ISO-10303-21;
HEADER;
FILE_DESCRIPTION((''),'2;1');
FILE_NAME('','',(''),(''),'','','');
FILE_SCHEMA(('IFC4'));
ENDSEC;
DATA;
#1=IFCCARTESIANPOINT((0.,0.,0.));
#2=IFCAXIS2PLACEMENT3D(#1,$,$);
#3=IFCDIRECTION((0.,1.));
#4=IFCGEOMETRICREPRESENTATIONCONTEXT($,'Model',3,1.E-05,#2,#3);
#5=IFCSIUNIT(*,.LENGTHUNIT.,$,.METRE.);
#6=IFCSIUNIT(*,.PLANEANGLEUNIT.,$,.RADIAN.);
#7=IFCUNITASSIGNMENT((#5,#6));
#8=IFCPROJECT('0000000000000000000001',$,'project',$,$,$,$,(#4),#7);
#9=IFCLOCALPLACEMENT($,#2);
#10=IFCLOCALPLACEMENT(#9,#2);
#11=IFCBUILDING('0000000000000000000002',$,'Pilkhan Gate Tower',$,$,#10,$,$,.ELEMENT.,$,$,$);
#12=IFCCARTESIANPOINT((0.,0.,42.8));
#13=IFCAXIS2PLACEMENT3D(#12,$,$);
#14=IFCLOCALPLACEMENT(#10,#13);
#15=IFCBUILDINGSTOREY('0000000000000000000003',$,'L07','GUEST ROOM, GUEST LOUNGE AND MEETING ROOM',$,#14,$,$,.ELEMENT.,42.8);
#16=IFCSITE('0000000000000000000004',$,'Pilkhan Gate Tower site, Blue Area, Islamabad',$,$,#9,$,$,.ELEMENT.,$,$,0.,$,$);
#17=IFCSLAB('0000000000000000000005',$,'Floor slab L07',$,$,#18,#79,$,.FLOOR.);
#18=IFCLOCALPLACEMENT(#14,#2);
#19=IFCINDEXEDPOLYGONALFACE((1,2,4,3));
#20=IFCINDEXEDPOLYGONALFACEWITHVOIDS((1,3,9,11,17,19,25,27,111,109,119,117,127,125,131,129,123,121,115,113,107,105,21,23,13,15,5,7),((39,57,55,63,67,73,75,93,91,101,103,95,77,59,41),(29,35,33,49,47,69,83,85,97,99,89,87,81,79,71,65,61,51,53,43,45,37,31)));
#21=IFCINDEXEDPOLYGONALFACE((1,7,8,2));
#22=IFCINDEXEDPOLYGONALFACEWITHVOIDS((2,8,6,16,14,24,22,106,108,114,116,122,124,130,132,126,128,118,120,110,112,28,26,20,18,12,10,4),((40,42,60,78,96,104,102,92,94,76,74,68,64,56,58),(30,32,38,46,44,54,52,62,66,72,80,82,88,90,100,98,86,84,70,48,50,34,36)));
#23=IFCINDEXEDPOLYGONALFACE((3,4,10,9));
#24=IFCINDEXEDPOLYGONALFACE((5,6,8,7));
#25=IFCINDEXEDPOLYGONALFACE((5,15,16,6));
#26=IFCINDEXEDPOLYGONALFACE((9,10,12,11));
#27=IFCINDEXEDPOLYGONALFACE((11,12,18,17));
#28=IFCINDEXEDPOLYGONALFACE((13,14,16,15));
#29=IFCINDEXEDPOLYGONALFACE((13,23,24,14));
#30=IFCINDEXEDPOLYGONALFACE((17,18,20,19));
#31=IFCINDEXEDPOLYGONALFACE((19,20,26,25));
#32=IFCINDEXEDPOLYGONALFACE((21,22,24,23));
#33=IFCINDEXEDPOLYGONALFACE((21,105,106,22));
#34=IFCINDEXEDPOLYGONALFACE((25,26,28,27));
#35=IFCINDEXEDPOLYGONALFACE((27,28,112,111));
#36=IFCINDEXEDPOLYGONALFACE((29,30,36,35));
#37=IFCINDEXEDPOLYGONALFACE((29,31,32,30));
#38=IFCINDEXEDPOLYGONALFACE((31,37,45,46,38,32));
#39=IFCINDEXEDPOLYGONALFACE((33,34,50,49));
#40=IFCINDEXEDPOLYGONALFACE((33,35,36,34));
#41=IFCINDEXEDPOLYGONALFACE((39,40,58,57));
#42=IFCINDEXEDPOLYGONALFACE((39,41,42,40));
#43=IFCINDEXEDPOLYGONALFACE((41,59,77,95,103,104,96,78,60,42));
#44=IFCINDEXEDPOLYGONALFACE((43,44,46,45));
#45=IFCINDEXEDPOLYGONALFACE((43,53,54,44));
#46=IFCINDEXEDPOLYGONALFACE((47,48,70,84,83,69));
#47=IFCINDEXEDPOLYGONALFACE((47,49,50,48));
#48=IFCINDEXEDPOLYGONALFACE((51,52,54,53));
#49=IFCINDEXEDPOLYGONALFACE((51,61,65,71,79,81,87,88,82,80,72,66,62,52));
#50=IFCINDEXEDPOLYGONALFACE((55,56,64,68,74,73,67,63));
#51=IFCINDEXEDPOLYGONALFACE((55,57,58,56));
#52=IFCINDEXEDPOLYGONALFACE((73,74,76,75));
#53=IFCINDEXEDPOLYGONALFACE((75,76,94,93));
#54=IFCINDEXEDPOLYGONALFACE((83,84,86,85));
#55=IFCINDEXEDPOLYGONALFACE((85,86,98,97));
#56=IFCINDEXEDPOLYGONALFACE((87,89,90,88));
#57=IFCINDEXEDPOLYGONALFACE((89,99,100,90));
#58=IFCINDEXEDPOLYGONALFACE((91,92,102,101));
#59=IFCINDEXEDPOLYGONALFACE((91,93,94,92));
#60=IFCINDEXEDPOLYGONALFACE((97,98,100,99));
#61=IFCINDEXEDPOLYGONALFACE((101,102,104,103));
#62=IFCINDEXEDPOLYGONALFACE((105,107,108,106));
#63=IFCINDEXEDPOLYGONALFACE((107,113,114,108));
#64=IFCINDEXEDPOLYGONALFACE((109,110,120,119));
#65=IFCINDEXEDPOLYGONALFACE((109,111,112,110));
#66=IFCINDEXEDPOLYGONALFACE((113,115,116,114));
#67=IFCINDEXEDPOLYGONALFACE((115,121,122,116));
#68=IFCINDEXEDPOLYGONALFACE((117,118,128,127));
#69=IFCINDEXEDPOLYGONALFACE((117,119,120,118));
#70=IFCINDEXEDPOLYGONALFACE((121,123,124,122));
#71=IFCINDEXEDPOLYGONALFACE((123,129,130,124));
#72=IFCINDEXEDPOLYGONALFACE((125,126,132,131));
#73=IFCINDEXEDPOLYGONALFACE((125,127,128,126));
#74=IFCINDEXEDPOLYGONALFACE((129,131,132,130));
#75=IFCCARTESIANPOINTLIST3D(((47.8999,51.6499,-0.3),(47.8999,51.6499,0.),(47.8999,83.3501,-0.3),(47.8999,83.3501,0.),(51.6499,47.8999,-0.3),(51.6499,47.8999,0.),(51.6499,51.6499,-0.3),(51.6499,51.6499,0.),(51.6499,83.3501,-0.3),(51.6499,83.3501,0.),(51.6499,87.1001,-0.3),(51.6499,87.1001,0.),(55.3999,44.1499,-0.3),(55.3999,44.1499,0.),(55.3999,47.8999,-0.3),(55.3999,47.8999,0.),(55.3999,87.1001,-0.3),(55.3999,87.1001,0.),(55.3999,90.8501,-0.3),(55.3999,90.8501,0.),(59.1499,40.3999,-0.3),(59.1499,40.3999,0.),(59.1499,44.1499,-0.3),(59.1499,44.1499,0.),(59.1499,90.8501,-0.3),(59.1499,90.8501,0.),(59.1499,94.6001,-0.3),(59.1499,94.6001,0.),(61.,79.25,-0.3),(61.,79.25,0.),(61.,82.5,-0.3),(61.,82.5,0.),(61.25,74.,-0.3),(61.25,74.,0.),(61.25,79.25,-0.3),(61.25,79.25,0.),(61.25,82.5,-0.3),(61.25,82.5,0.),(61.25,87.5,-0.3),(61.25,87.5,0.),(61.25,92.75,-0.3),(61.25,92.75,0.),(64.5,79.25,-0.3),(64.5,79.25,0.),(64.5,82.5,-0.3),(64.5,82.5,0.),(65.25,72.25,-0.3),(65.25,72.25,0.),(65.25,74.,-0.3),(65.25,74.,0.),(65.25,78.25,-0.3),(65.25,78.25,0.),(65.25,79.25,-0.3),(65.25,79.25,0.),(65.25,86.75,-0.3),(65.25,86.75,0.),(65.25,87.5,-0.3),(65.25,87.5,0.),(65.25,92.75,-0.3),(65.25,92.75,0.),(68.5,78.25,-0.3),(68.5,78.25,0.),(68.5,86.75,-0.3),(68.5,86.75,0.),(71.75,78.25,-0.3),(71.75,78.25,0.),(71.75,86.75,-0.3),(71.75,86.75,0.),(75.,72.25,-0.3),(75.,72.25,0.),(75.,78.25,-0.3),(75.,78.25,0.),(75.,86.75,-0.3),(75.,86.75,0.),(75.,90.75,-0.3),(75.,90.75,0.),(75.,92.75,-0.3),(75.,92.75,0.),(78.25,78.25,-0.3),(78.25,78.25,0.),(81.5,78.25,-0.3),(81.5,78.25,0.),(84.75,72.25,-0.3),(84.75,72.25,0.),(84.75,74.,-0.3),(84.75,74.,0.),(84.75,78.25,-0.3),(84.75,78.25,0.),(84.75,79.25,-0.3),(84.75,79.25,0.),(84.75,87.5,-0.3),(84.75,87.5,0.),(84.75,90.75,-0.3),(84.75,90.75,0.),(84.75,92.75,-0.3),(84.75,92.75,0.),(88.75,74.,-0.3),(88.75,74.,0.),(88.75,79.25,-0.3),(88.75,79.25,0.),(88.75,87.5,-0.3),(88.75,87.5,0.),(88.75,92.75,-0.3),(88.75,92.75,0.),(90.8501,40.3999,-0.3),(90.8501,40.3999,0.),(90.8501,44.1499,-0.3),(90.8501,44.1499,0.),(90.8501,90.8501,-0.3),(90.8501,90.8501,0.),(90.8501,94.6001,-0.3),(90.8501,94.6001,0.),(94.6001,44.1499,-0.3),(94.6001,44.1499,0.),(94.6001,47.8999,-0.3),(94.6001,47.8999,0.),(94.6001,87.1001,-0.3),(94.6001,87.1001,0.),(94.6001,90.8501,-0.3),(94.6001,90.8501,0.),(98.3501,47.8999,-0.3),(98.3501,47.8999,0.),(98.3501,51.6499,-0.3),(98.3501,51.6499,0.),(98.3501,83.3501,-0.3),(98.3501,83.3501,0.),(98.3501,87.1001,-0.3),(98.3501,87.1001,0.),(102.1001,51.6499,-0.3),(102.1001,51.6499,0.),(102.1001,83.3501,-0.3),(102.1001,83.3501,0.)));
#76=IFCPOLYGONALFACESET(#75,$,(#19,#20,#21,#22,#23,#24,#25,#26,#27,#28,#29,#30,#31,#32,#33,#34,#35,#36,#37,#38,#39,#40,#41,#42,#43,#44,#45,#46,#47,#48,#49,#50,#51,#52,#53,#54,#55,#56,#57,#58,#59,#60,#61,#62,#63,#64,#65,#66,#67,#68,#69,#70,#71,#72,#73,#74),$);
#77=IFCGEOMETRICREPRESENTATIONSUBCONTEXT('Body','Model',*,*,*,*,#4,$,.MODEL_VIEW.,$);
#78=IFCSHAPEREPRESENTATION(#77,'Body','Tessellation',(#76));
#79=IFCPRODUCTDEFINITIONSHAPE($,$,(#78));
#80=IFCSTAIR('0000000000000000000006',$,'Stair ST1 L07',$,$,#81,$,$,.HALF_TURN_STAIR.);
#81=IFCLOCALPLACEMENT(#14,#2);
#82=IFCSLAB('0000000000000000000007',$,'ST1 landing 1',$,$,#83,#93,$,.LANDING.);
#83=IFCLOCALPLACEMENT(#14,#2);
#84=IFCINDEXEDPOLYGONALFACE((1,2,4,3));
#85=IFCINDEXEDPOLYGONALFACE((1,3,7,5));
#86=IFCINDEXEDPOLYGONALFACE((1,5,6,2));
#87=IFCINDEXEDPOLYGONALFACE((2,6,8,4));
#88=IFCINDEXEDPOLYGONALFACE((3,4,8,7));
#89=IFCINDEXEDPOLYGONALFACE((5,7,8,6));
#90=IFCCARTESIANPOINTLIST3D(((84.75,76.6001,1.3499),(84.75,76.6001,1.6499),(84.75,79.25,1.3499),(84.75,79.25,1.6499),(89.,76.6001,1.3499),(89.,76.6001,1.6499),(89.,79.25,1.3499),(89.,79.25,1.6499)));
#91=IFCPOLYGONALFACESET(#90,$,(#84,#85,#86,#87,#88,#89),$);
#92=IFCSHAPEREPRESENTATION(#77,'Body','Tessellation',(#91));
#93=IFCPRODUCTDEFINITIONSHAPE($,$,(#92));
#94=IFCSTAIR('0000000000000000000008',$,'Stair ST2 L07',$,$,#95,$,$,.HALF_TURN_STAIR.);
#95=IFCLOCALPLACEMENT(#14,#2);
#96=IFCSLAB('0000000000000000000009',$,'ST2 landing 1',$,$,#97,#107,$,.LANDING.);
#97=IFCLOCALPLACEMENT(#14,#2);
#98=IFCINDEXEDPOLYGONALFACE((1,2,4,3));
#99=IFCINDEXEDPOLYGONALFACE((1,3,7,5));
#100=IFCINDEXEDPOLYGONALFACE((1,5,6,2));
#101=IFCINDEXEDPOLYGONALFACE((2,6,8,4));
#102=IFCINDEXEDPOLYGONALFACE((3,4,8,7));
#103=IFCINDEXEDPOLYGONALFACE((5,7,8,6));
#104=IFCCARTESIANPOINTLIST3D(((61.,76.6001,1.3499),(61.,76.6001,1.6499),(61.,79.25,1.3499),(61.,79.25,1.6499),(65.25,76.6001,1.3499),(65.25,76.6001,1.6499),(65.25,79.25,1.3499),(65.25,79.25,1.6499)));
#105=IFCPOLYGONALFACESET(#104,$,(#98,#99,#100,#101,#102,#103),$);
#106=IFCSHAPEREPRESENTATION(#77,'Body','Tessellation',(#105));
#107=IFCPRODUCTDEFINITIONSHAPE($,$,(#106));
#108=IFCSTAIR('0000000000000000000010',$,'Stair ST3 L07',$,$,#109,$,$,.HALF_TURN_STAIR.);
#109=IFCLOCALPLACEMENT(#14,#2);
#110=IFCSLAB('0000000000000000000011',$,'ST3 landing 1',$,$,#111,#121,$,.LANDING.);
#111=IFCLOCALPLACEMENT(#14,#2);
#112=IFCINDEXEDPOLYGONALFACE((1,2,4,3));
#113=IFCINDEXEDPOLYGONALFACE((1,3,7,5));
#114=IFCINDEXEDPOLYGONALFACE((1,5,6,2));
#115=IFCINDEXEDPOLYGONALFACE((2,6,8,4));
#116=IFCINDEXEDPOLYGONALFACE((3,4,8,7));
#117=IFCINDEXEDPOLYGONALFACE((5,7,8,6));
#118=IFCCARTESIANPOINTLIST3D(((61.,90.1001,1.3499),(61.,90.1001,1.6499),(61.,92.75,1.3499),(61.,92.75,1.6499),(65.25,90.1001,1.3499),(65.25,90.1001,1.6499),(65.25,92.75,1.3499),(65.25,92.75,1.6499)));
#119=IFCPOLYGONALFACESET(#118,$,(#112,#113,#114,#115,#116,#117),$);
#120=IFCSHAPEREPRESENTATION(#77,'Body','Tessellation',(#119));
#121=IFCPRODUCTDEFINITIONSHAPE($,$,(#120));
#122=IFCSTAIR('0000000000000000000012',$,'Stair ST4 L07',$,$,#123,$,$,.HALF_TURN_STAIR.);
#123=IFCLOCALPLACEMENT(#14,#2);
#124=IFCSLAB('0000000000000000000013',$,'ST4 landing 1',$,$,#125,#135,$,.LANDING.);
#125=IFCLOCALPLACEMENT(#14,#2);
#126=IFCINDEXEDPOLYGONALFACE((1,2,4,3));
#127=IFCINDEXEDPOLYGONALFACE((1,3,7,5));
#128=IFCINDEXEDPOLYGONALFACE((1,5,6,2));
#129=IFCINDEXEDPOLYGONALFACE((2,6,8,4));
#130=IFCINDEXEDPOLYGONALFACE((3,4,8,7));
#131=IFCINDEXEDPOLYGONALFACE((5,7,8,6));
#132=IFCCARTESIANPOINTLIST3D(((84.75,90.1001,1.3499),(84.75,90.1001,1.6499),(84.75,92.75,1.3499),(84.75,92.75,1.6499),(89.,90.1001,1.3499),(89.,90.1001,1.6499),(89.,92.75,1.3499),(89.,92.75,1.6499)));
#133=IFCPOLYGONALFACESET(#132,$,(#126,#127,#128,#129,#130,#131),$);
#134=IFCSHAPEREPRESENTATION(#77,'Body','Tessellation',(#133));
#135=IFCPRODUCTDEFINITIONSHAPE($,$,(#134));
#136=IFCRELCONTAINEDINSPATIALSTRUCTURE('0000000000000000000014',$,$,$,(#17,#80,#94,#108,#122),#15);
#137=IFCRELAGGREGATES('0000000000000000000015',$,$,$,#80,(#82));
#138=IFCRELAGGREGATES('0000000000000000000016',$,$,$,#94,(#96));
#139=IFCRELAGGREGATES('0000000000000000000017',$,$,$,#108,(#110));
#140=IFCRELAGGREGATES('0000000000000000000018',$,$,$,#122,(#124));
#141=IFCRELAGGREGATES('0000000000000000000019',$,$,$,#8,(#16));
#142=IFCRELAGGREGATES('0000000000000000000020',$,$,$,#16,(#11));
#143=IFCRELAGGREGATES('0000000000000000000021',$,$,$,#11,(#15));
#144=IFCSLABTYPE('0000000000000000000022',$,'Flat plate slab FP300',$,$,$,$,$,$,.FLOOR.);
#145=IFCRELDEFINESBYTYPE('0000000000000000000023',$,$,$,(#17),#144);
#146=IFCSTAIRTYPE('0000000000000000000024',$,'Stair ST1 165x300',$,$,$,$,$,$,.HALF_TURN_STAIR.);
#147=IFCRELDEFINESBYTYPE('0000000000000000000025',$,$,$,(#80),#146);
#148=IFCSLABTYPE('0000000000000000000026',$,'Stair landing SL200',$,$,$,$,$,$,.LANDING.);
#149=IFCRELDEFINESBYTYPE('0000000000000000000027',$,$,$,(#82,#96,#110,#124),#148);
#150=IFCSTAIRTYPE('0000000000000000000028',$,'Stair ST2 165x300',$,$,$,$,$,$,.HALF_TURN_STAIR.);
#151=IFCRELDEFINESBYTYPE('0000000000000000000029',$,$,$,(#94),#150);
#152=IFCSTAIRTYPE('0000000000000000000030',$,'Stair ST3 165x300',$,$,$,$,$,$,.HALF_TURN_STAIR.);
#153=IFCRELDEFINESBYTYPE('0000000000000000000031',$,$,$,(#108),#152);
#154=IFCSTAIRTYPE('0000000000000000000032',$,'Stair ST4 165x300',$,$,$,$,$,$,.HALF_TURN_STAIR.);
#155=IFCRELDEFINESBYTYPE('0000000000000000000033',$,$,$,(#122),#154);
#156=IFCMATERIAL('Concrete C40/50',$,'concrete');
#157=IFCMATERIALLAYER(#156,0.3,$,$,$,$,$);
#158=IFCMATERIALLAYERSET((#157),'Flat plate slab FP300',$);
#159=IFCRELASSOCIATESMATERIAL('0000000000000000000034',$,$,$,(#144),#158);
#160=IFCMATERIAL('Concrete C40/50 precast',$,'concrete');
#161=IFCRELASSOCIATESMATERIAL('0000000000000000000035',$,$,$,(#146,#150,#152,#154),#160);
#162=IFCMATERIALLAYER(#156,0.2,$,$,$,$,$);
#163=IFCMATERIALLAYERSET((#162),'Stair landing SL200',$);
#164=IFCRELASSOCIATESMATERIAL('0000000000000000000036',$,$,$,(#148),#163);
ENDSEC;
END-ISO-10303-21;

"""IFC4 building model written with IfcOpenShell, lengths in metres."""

from ifc_helpers import new_model, si_unit, direction, frame, origin, place, context, subcontext, project, spatial, polyline, outline, extrude, material, layer, layer_set, type_object, element, aggregate, save


model = new_model("IFC4")

# Units and contexts
model_context = context("Model", 3, precision=1e-05, world=origin(), true_north=direction((0.0, 1.0)))
body_context = subcontext(model_context, "Body", "Model", "MODEL_VIEW")
ifc_project = project(units=[si_unit("LENGTHUNIT", "METRE"), si_unit("PLANEANGLEUNIT", "RADIAN")], contexts=[model_context])

# Site, building, storey
site_placement = place(None, origin())
site = spatial("IfcSite", under=ifc_project, at=site_placement, Name="Pilkhan Gate Tower site, Blue Area, Islamabad", CompositionType="ELEMENT", RefElevation=0.0)
building_placement = place(site_placement, origin())
building = spatial("IfcBuilding", under=site, at=building_placement, Name="Pilkhan Gate Tower", CompositionType="ELEMENT")
storey_placement = place(building_placement, frame((0.0, 0.0, 42.8)))
storey = spatial("IfcBuildingStorey", under=building, at=storey_placement, Name="L07", Description="GUEST ROOM, GUEST LOUNGE AND MEETING ROOM", CompositionType="ELEMENT", Elevation=42.8)

# Slab
ifc_material_1 = material(Name="Concrete C40/50", Category="concrete")
ifc_layer_1 = layer(ifc_material_1, 0.3)
ifc_layer_set_1 = layer_set([ifc_layer_1], Name="Flat plate slab FP300")
slab_type_1 = type_object("IfcSlabType", Name="Flat plate slab FP300", PredefinedType="FLOOR", material=ifc_layer_set_1)
slab_1_placement = place(storey_placement, frame((0.0, 0.0, -0.3)))
element("IfcSlab", 1, at=slab_1_placement, inside=storey, type_object=slab_type_1, Name="Floor slab L07", PredefinedType="FLOOR", context=body_context, shape_type="SweptSolid", body=[
    extrude(outline(polyline([(98.3501, 47.8999), (94.6001, 47.8999), (94.6001, 44.1499), (90.8501, 44.1499), (90.8501, 40.3999), (59.1499, 40.3999), (59.1499, 44.1499), (55.3999, 44.1499), (55.3999, 47.8999), (51.6499, 47.8999), (51.6499, 51.6499), (47.8999, 51.6499), (47.8999, 83.3501), (51.6499, 83.3501), (51.6499, 87.1001), (55.3999, 87.1001), (55.3999, 90.8501), (59.1499, 90.8501), (59.1499, 94.6001), (90.8501, 94.6001), (90.8501, 90.8501), (94.6001, 90.8501), (94.6001, 87.1001), (98.3501, 87.1001), (98.3501, 83.3501), (102.1001, 83.3501), (102.1001, 51.6499), (98.3501, 51.6499), (98.3501, 47.8999)]), holes=[polyline([(65.25, 87.5), (65.25, 86.75), (68.5, 86.75), (71.75, 86.75), (75.0, 86.75), (75.0, 90.75), (84.75, 90.75), (84.75, 87.5), (88.75, 87.5), (88.75, 92.75), (84.75, 92.75), (75.0, 92.75), (65.25, 92.75), (61.25, 92.75), (61.25, 87.5), (65.25, 87.5)]), polyline([(75.0, 72.25), (84.75, 72.25), (84.75, 74.0), (88.75, 74.0), (88.75, 79.25), (84.75, 79.25), (84.75, 78.25), (81.5, 78.25), (78.25, 78.25), (75.0, 78.25), (71.75, 78.25), (68.5, 78.25), (65.25, 78.25), (65.25, 79.25), (64.5, 79.25), (64.5, 82.5), (61.25, 82.5), (61.0, 82.5), (61.0, 79.25), (61.25, 79.25), (61.25, 74.0), (65.25, 74.0), (65.25, 72.25), (75.0, 72.25)])]), origin(), (0.0, 0.0, 1.0), 0.3),
])

# Stairs, slabs
ifc_material_2 = material(Name="Concrete C40/50 precast", Category="concrete")
stair_type_1 = type_object("IfcStairType", Name="Stair ST1 165x300", PredefinedType="HALF_TURN_STAIR", material=ifc_material_2)
stair_1_placement = place(storey_placement, origin())
stair_1 = element("IfcStair", 2, at=stair_1_placement, inside=storey, type_object=stair_type_1, Name="Stair ST1 L07", PredefinedType="HALF_TURN_STAIR")
ifc_layer_2 = layer(ifc_material_1, 0.2)
ifc_layer_set_2 = layer_set([ifc_layer_2], Name="Stair landing SL200")
slab_type_2 = type_object("IfcSlabType", Name="Stair landing SL200", PredefinedType="LANDING", material=ifc_layer_set_2)
slab_2_placement = place(storey_placement, frame((0.0, 0.0, 1.3499)))
slab_2 = element("IfcSlab", 3, at=slab_2_placement, type_object=slab_type_2, Name="ST1 landing 1", PredefinedType="LANDING", context=body_context, shape_type="SweptSolid", body=[
    extrude(outline(polyline([(89.0, 76.6001), (89.0, 79.25), (84.75, 79.25), (84.75, 76.6001), (89.0, 76.6001)])), origin(), (0.0, 0.0, 1.0), 0.3),
])
aggregate(stair_1, [slab_2])
stair_type_2 = type_object("IfcStairType", Name="Stair ST2 165x300", PredefinedType="HALF_TURN_STAIR", material=ifc_material_2)
stair_2_placement = place(storey_placement, origin())
stair_2 = element("IfcStair", 4, at=stair_2_placement, inside=storey, type_object=stair_type_2, Name="Stair ST2 L07", PredefinedType="HALF_TURN_STAIR")
slab_3_placement = place(storey_placement, frame((0.0, 0.0, 1.3499)))
slab_3 = element("IfcSlab", 5, at=slab_3_placement, type_object=slab_type_2, Name="ST2 landing 1", PredefinedType="LANDING", context=body_context, shape_type="SweptSolid", body=[
    extrude(outline(polyline([(65.25, 76.6001), (65.25, 79.25), (61.0, 79.25), (61.0, 76.6001), (65.25, 76.6001)])), origin(), (0.0, 0.0, 1.0), 0.3),
])
aggregate(stair_2, [slab_3])
stair_type_3 = type_object("IfcStairType", Name="Stair ST3 165x300", PredefinedType="HALF_TURN_STAIR", material=ifc_material_2)
stair_3_placement = place(storey_placement, origin())
stair_3 = element("IfcStair", 6, at=stair_3_placement, inside=storey, type_object=stair_type_3, Name="Stair ST3 L07", PredefinedType="HALF_TURN_STAIR")
slab_4_placement = place(storey_placement, frame((0.0, 0.0, 1.3499)))
slab_4 = element("IfcSlab", 7, at=slab_4_placement, type_object=slab_type_2, Name="ST3 landing 1", PredefinedType="LANDING", context=body_context, shape_type="SweptSolid", body=[
    extrude(outline(polyline([(65.25, 90.1001), (65.25, 92.75), (61.0, 92.75), (61.0, 90.1001), (65.25, 90.1001)])), origin(), (0.0, 0.0, 1.0), 0.3),
])
aggregate(stair_3, [slab_4])
stair_type_4 = type_object("IfcStairType", Name="Stair ST4 165x300", PredefinedType="HALF_TURN_STAIR", material=ifc_material_2)
stair_4_placement = place(storey_placement, origin())
stair_4 = element("IfcStair", 8, at=stair_4_placement, inside=storey, type_object=stair_type_4, Name="Stair ST4 L07", PredefinedType="HALF_TURN_STAIR")
slab_5_placement = place(storey_placement, frame((0.0, 0.0, 1.3499)))
slab_5 = element("IfcSlab", 9, at=slab_5_placement, type_object=slab_type_2, Name="ST4 landing 1", PredefinedType="LANDING", context=body_context, shape_type="SweptSolid", body=[
    extrude(outline(polyline([(89.0, 90.1001), (89.0, 92.75), (84.75, 92.75), (84.75, 90.1001), (89.0, 90.1001)])), origin(), (0.0, 0.0, 1.0), 0.3),
])
aggregate(stair_4, [slab_5])

save(model, "model.ifc")
